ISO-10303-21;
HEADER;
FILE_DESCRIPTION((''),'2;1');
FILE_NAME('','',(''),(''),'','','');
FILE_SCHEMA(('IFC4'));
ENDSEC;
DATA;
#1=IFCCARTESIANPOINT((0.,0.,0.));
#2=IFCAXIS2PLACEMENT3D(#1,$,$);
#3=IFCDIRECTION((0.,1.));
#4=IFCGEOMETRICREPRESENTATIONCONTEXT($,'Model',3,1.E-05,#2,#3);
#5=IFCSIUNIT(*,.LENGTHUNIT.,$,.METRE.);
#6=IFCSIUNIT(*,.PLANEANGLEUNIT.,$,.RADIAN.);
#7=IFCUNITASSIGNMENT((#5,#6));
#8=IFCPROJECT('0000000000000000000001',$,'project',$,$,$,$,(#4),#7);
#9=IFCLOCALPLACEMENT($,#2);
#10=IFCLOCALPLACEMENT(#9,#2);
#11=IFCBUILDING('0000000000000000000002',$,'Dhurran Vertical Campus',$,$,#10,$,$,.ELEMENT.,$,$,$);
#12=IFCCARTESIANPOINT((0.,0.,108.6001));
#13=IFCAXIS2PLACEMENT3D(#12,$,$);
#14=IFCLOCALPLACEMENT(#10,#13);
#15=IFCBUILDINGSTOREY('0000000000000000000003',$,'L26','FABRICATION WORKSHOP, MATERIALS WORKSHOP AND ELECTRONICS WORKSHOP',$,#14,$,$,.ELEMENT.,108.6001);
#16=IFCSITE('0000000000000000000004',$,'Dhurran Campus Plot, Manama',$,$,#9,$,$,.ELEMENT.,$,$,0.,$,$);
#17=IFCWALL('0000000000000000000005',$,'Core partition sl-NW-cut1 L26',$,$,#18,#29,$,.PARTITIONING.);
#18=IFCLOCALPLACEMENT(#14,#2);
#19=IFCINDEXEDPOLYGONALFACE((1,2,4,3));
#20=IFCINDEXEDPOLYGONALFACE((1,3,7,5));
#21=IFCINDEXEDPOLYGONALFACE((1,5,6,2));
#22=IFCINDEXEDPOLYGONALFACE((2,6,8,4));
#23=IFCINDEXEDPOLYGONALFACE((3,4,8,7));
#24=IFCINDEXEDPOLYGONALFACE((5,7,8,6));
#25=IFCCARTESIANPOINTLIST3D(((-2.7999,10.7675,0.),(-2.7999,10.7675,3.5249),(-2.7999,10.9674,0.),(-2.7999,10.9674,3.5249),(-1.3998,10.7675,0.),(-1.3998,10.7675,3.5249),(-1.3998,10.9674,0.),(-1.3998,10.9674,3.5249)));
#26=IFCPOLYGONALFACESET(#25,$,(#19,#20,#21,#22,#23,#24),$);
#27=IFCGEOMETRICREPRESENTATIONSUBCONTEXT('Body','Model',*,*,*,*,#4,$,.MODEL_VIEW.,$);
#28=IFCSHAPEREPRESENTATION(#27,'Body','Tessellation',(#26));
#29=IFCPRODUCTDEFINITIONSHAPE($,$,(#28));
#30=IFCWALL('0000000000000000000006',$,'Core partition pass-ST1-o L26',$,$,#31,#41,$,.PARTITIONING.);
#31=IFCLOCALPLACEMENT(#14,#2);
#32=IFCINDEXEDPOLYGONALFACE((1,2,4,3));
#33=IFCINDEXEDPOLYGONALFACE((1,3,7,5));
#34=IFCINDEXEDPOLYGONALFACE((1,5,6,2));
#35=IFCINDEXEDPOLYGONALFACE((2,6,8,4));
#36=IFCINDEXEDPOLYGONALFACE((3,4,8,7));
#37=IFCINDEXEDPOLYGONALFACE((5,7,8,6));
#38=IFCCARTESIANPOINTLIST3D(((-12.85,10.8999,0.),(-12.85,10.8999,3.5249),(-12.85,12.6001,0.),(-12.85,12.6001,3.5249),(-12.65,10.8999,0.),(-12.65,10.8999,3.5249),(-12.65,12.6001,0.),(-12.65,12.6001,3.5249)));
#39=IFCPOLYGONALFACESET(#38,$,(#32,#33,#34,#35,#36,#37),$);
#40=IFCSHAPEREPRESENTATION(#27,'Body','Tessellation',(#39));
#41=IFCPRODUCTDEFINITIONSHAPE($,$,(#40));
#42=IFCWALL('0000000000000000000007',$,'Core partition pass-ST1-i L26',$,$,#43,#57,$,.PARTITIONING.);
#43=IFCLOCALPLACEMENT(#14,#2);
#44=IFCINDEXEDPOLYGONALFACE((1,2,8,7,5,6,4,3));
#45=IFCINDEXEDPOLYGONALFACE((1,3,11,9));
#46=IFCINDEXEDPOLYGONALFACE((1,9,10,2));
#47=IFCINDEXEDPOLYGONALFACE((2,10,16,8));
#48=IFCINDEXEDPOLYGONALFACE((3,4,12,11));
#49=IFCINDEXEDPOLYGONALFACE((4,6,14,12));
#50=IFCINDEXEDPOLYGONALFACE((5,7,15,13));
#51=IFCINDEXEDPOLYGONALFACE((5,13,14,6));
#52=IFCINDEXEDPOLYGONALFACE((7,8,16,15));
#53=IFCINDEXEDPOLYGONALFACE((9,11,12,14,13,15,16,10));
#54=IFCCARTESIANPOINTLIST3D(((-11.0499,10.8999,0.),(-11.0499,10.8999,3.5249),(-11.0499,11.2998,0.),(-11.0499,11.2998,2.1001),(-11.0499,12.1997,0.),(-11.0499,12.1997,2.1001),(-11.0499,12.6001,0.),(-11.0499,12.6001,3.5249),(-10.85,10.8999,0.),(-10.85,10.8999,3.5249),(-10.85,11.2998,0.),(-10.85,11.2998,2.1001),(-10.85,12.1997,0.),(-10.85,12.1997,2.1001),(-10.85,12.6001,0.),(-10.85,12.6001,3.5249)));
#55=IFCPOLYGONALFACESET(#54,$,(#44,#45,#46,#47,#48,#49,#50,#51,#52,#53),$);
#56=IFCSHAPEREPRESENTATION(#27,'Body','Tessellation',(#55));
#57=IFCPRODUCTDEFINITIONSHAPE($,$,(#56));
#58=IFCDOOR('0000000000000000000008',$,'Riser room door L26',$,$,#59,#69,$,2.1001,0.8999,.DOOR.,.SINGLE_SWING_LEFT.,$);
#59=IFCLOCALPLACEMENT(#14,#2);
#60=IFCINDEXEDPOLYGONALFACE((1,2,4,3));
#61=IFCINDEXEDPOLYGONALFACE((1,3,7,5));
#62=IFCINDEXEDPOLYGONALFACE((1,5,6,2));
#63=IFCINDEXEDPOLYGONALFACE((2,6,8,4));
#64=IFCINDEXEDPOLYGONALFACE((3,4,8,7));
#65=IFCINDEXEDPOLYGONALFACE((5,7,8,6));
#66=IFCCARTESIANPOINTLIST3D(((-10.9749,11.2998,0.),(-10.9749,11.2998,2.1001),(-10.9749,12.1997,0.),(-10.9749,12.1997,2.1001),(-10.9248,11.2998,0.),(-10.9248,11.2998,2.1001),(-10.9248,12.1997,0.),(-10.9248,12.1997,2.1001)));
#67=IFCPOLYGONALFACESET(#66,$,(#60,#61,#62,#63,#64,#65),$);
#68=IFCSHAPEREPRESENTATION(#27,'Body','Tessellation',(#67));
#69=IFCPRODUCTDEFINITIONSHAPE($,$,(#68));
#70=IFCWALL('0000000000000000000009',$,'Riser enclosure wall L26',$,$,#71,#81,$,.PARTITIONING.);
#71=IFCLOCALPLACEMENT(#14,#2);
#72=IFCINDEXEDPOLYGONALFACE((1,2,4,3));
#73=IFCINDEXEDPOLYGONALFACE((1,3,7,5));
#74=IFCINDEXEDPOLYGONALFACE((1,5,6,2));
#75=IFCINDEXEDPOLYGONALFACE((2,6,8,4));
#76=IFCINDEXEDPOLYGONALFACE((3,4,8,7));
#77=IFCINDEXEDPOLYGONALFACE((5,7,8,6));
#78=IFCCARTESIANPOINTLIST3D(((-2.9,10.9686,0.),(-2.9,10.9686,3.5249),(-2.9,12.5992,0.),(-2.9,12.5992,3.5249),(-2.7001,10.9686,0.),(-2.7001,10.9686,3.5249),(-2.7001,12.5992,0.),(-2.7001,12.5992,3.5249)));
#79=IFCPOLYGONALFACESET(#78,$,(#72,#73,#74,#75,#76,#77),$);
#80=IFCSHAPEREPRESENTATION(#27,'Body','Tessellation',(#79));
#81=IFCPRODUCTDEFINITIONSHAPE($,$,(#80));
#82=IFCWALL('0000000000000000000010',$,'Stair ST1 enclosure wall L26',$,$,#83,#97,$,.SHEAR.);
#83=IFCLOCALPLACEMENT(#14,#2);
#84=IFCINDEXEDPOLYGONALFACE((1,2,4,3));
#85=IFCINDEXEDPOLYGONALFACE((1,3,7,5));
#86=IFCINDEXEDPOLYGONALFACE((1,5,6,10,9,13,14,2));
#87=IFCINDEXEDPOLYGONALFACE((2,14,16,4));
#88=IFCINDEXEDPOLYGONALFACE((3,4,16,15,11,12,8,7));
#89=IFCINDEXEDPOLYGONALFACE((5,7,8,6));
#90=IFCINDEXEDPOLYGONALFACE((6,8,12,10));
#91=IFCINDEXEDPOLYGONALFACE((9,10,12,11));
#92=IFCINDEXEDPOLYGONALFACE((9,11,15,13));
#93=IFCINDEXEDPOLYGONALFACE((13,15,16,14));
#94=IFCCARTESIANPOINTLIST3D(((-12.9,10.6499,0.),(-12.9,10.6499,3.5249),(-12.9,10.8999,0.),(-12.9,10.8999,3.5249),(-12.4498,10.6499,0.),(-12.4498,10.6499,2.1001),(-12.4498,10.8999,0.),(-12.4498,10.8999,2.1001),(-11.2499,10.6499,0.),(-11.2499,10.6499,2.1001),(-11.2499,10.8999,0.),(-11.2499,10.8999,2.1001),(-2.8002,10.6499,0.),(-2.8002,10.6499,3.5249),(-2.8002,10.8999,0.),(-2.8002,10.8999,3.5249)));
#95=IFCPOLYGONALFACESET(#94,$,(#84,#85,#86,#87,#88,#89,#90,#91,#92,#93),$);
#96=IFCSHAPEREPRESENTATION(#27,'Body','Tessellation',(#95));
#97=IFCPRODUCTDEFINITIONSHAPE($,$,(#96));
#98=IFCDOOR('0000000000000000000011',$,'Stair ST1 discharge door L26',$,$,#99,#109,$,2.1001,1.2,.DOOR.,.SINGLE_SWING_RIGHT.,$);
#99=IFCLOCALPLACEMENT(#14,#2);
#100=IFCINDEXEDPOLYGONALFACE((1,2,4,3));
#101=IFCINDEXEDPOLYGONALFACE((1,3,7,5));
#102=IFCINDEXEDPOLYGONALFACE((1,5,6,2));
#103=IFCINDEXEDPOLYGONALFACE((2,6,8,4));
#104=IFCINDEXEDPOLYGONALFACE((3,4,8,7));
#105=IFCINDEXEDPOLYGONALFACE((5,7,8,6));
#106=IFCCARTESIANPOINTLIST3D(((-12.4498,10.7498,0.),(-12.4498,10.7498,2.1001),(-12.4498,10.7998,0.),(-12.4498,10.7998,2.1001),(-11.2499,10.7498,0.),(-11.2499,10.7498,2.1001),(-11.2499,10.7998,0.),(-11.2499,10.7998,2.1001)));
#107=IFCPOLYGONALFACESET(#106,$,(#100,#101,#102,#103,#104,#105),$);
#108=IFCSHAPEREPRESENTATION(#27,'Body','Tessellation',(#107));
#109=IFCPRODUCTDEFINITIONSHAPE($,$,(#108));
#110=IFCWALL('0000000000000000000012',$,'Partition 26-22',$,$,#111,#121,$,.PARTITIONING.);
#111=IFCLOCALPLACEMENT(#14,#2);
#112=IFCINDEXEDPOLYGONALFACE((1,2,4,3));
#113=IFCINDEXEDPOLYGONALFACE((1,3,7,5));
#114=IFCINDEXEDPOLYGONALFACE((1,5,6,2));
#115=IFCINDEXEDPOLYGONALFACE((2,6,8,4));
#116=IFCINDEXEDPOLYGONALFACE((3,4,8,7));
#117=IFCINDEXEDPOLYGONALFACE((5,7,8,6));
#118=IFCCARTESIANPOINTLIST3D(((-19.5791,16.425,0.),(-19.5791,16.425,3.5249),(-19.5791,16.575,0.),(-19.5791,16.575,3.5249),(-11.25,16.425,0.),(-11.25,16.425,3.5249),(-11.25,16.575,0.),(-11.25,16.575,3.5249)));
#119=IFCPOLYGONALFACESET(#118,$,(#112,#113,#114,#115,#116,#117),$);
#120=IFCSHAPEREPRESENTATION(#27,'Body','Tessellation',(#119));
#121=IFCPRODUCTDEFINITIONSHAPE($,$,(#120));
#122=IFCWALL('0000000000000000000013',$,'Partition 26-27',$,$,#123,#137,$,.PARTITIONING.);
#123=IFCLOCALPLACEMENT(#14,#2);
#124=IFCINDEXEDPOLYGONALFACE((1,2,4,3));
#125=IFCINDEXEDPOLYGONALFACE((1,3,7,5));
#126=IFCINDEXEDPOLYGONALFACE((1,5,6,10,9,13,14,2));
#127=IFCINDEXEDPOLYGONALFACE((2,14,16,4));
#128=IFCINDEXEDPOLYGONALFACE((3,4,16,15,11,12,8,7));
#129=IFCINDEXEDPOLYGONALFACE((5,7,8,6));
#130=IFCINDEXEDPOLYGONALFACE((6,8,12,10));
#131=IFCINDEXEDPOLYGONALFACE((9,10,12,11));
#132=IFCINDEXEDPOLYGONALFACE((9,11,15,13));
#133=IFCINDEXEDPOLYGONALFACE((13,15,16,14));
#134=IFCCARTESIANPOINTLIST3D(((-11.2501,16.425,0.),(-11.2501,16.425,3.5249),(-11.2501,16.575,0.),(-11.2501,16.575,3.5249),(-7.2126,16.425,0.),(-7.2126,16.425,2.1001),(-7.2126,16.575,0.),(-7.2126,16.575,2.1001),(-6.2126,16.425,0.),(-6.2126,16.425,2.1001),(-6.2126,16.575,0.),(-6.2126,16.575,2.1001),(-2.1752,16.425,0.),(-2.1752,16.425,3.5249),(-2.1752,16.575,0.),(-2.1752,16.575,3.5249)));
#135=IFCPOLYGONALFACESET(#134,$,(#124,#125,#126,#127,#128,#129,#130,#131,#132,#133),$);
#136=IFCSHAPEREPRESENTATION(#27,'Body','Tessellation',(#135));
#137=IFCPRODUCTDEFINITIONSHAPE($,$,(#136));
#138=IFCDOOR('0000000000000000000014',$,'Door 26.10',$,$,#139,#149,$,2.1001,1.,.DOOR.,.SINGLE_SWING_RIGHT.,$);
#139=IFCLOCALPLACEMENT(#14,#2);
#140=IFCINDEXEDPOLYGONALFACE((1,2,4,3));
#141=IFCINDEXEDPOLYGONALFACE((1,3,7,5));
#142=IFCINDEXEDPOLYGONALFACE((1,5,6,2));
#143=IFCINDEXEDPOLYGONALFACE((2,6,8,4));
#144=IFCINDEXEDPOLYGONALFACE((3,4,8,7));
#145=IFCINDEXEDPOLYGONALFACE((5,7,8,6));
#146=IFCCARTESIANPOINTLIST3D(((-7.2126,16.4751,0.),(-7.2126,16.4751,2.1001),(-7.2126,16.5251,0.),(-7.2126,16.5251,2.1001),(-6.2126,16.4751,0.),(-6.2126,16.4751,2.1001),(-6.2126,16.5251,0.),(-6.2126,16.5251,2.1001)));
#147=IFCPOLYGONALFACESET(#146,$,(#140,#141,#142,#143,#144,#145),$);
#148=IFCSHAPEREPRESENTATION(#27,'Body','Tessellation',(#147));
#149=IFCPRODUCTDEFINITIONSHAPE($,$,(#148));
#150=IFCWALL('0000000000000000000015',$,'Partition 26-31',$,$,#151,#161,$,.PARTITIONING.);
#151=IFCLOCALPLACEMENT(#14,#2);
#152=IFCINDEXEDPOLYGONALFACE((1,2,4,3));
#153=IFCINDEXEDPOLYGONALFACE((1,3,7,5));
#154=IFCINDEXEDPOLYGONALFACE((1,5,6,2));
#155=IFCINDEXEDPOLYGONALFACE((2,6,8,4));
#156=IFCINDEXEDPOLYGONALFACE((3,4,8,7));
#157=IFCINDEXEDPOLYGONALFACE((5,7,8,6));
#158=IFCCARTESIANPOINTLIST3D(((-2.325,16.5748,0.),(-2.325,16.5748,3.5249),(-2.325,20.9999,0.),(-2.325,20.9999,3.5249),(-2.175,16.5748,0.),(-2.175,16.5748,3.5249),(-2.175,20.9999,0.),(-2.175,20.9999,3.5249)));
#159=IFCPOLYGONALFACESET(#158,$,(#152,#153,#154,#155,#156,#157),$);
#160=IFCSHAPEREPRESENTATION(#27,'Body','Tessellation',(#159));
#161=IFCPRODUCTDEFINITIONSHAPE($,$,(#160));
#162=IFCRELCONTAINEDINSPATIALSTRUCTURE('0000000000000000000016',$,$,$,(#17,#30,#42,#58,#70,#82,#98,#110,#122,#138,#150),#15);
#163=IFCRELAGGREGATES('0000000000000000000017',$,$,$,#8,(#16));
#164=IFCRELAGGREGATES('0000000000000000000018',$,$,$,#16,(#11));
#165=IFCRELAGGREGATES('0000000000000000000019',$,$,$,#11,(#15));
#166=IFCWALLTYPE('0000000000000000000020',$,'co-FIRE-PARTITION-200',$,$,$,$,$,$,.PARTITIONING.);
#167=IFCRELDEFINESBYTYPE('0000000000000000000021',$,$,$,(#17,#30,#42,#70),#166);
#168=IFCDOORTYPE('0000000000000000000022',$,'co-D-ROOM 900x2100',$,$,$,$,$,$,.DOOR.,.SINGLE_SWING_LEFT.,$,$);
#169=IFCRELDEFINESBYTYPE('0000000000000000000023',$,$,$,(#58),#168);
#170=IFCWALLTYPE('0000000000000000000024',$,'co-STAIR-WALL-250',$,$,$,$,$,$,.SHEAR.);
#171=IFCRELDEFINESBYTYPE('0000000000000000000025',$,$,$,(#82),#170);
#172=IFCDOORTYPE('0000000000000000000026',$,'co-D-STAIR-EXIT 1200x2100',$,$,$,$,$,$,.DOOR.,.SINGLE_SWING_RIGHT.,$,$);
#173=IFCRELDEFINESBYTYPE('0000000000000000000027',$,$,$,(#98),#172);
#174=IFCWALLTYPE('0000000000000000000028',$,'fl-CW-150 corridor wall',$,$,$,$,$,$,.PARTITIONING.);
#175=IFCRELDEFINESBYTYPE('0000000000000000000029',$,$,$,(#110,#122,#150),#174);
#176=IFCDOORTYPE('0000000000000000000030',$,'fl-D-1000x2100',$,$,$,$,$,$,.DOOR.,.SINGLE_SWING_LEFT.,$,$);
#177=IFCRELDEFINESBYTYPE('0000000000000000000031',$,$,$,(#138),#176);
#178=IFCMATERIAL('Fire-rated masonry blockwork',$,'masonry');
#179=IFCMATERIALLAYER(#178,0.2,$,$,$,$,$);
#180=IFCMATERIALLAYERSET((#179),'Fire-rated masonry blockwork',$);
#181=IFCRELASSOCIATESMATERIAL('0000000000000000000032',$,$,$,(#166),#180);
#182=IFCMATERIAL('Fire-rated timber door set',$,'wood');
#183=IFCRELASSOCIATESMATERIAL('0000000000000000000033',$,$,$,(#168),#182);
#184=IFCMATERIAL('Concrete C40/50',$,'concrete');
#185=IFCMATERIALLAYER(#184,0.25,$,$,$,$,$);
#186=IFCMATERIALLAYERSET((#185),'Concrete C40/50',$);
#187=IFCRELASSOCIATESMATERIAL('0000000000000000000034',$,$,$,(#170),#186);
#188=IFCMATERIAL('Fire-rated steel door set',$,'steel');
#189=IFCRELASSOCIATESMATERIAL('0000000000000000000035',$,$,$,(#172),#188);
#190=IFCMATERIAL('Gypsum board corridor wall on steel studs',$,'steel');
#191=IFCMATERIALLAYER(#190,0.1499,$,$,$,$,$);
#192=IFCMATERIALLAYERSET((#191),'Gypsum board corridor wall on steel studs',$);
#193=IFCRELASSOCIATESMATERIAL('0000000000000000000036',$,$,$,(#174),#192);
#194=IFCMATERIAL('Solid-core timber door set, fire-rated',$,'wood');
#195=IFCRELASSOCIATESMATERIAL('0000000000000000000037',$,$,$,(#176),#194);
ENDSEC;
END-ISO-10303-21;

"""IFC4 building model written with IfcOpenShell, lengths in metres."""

from ifc_helpers import new_model, si_unit, direction, frame, frame_2d, origin, place, context, subcontext, project, spatial, rectangle, extrude, material, layer, layer_set, type_object, element, fill, save


model = new_model("IFC4")

# Units and contexts
model_context = context("Model", 3, precision=1e-05, world=origin(), true_north=direction((0.0, 1.0)))
body_context = subcontext(model_context, "Body", "Model", "MODEL_VIEW")
ifc_project = project(units=[si_unit("LENGTHUNIT", "METRE"), si_unit("PLANEANGLEUNIT", "RADIAN")], contexts=[model_context])

# Site, building, storey
site_placement = place(None, origin())
site = spatial("IfcSite", under=ifc_project, at=site_placement, Name="Dhurran Campus Plot, Manama", CompositionType="ELEMENT", RefElevation=0.0)
building_placement = place(site_placement, origin())
building = spatial("IfcBuilding", under=site, at=building_placement, Name="Dhurran Vertical Campus", CompositionType="ELEMENT")
storey_placement = place(building_placement, frame((0.0, 0.0, 108.6001)))
storey = spatial("IfcBuildingStorey", under=building, at=storey_placement, Name="L26", Description="FABRICATION WORKSHOP, MATERIALS WORKSHOP AND ELECTRONICS WORKSHOP", CompositionType="ELEMENT", Elevation=108.6001)

# Walls
ifc_material_1 = material(Name="Fire-rated masonry blockwork", Category="masonry")
ifc_layer_1 = layer(ifc_material_1, 0.2)
ifc_layer_set_1 = layer_set([ifc_layer_1], Name="Fire-rated masonry blockwork")
wall_type_1 = type_object("IfcWallType", Name="co-FIRE-PARTITION-200", PredefinedType="PARTITIONING", material=ifc_layer_set_1)
wall_1_placement = place(storey_placement, frame((-2.8, 10.8674, 0.0), z_axis=(0.0, 0.0, 1.0), x_axis=(1.0, 0.0, 0.0)))
element("IfcWall", 1, at=wall_1_placement, inside=storey, type_object=wall_type_1, Name="Core partition sl-NW-cut1 L26", PredefinedType="PARTITIONING", context=body_context, shape_type="SweptSolid", body=[
    extrude(rectangle(XDim=1.4001, YDim=0.2, at=frame_2d((0.7002, 0.0))), origin(), (0.0, 0.0, 1.0), 3.5249),
])
wall_2_placement = place(storey_placement, frame((-12.75, 10.8999, 0.0), z_axis=(0.0, 0.0, 1.0), x_axis=(0.0, 1.0, 0.0)))
element("IfcWall", 2, at=wall_2_placement, inside=storey, type_object=wall_type_1, Name="Core partition pass-ST1-o L26", PredefinedType="PARTITIONING", context=body_context, shape_type="SweptSolid", body=[
    extrude(rectangle(XDim=1.7002, YDim=0.2, at=frame_2d((0.8501, 0.0))), origin(), (0.0, 0.0, 1.0), 3.5249),
])

# Wall, opening, door
wall_3_placement = place(storey_placement, frame((-10.95, 10.8999, 0.0), z_axis=(0.0, 0.0, 1.0), x_axis=(0.0, 1.0, 0.0)))
wall_3 = element("IfcWall", 3, at=wall_3_placement, inside=storey, type_object=wall_type_1, Name="Core partition pass-ST1-i L26", PredefinedType="PARTITIONING", context=body_context, shape_type="SweptSolid", body=[
    extrude(rectangle(XDim=1.7002, YDim=0.2, at=frame_2d((0.8501, 0.0))), origin(), (0.0, 0.0, 1.0), 3.5249),
])
opening_1_placement = place(wall_3_placement, frame((0.3999, 0.0, 0.0)))
opening_1 = element("IfcOpeningElement", 4, at=opening_1_placement, cuts=wall_3, PredefinedType="OPENING", context=body_context, shape_type="SweptSolid", body=[
    extrude(rectangle(XDim=0.8999, YDim=2.1001, at=frame_2d((0.45, 1.05))), frame((0.0, 0.1099, 0.0), z_axis=(0.0, -1.0, 0.0), x_axis=(1.0, 0.0, 0.0)), (0.0, 0.0, 1.0), 0.22),
])
ifc_material_2 = material(Name="Fire-rated timber door set", Category="wood")
door_type_1 = type_object("IfcDoorType", Name="co-D-ROOM 900x2100", OperationType="SINGLE_SWING_LEFT", PredefinedType="DOOR", material=ifc_material_2)
door_1_placement = place(opening_1_placement, origin())
door_1 = element("IfcDoor", 5, at=door_1_placement, inside=storey, type_object=door_type_1, Name="Riser room door L26", OperationType="SINGLE_SWING_LEFT", OverallHeight=2.1001, OverallWidth=0.8999, PredefinedType="DOOR", context=body_context, shape_type="SweptSolid", body=[
    extrude(rectangle(XDim=0.8999, YDim=2.1001, at=frame_2d((0.45, 1.05))), frame((0.0, 0.0249, 0.0), z_axis=(0.0, -1.0, 0.0), x_axis=(1.0, 0.0, 0.0)), (0.0, 0.0, 1.0), 0.05),
])
fill(opening_1, door_1)

# Wall
wall_4_placement = place(storey_placement, frame((-2.8, 10.9685, 0.0), z_axis=(0.0, 0.0, 1.0), x_axis=(0.0, 1.0, 0.0)))
element("IfcWall", 6, at=wall_4_placement, inside=storey, type_object=wall_type_1, Name="Riser enclosure wall L26", PredefinedType="PARTITIONING", context=body_context, shape_type="SweptSolid", body=[
    extrude(rectangle(XDim=1.6306, YDim=0.2, at=frame_2d((0.8154, 0.0))), origin(), (0.0, 0.0, 1.0), 3.5249),
])

# Wall, opening, door
ifc_material_3 = material(Name="Concrete C40/50", Category="concrete")
ifc_layer_2 = layer(ifc_material_3, 0.25)
ifc_layer_set_2 = layer_set([ifc_layer_2], Name="Concrete C40/50")
wall_type_2 = type_object("IfcWallType", Name="co-STAIR-WALL-250", PredefinedType="SHEAR", material=ifc_layer_set_2)
wall_5_placement = place(storey_placement, frame((-12.8999, 10.7749, 0.0), z_axis=(0.0, 0.0, 1.0), x_axis=(1.0, 0.0, 0.0)))
wall_5 = element("IfcWall", 7, at=wall_5_placement, inside=storey, type_object=wall_type_2, Name="Stair ST1 enclosure wall L26", PredefinedType="SHEAR", context=body_context, shape_type="SweptSolid", body=[
    extrude(rectangle(XDim=10.0999, YDim=0.25, at=frame_2d((5.0498, 0.0))), origin(), (0.0, 0.0, 1.0), 3.5249),
])
opening_2_placement = place(wall_5_placement, frame((0.45, 0.0, 0.0)))
opening_2 = element("IfcOpeningElement", 8, at=opening_2_placement, cuts=wall_5, PredefinedType="OPENING", context=body_context, shape_type="SweptSolid", body=[
    extrude(rectangle(XDim=1.2, YDim=2.1001, at=frame_2d((0.6001, 1.05))), frame((0.0, 0.135, 0.0), z_axis=(0.0, -1.0, 0.0), x_axis=(1.0, 0.0, 0.0)), (0.0, 0.0, 1.0), 0.27),
])
ifc_material_4 = material(Name="Fire-rated steel door set", Category="steel")
door_type_2 = type_object("IfcDoorType", Name="co-D-STAIR-EXIT 1200x2100", OperationType="SINGLE_SWING_RIGHT", PredefinedType="DOOR", material=ifc_material_4)
door_2_placement = place(opening_2_placement, origin())
door_2 = element("IfcDoor", 9, at=door_2_placement, inside=storey, type_object=door_type_2, Name="Stair ST1 discharge door L26", OperationType="SINGLE_SWING_RIGHT", OverallHeight=2.1001, OverallWidth=1.2, PredefinedType="DOOR", context=body_context, shape_type="SweptSolid", body=[
    extrude(rectangle(XDim=1.2, YDim=2.1001, at=frame_2d((0.6001, 1.05))), frame((0.0, 0.0249, 0.0), z_axis=(0.0, -1.0, 0.0), x_axis=(1.0, 0.0, 0.0)), (0.0, 0.0, 1.0), 0.05),
])
fill(opening_2, door_2)

# Wall
ifc_material_5 = material(Name="Gypsum board corridor wall on steel studs", Category="steel")
ifc_layer_3 = layer(ifc_material_5, 0.1499)
ifc_layer_set_3 = layer_set([ifc_layer_3], Name="Gypsum board corridor wall on steel studs")
wall_type_3 = type_object("IfcWallType", Name="fl-CW-150 corridor wall", PredefinedType="PARTITIONING", material=ifc_layer_set_3)
wall_6_placement = place(storey_placement, frame((-11.25, 16.5, 0.0), z_axis=(0.0, 0.0, 1.0), x_axis=(-1.0, 0.0, 0.0)))
element("IfcWall", 10, at=wall_6_placement, inside=storey, type_object=wall_type_3, Name="Partition 26-22", PredefinedType="PARTITIONING", context=body_context, shape_type="SweptSolid", body=[
    extrude(rectangle(XDim=8.3291, YDim=0.1499, at=frame_2d((4.1646, 0.0))), origin(), (0.0, 0.0, 1.0), 3.5249),
])

# Wall, opening, door
wall_7_placement = place(storey_placement, frame((-2.175, 16.5, 0.0), z_axis=(0.0, 0.0, 1.0), x_axis=(-1.0, 0.0, 0.0)))
wall_7 = element("IfcWall", 11, at=wall_7_placement, inside=storey, type_object=wall_type_3, Name="Partition 26-27", PredefinedType="PARTITIONING", context=body_context, shape_type="SweptSolid", body=[
    extrude(rectangle(XDim=9.075, YDim=0.1499, at=frame_2d((4.5376, 0.0))), origin(), (0.0, 0.0, 1.0), 3.5249),
])
opening_3_placement = place(wall_7_placement, frame((4.0376, 0.0, 0.0)))
opening_3 = element("IfcOpeningElement", 12, at=opening_3_placement, cuts=wall_7, PredefinedType="OPENING", context=body_context, shape_type="SweptSolid", body=[
    extrude(rectangle(XDim=1.0, YDim=2.1001, at=frame_2d((0.5, 1.05))), frame((0.0, 0.085, 0.0), z_axis=(0.0, -1.0, 0.0), x_axis=(1.0, 0.0, 0.0)), (0.0, 0.0, 1.0), 0.1699),
])
ifc_material_6 = material(Name="Solid-core timber door set, fire-rated", Category="wood")
door_type_3 = type_object("IfcDoorType", Name="fl-D-1000x2100", OperationType="SINGLE_SWING_LEFT", PredefinedType="DOOR", material=ifc_material_6)
door_3_placement = place(opening_3_placement, origin())
door_3 = element("IfcDoor", 13, at=door_3_placement, inside=storey, type_object=door_type_3, Name="Door 26.10", OperationType="SINGLE_SWING_RIGHT", OverallHeight=2.1001, OverallWidth=1.0, PredefinedType="DOOR", context=body_context, shape_type="SweptSolid", body=[
    extrude(rectangle(XDim=1.0, YDim=2.1001, at=frame_2d((0.5, 1.05))), frame((0.0, 0.0249, 0.0), z_axis=(0.0, -1.0, 0.0), x_axis=(1.0, 0.0, 0.0)), (0.0, 0.0, 1.0), 0.05),
])
fill(opening_3, door_3)

# Wall
wall_8_placement = place(storey_placement, frame((-2.25, 16.575, 0.0), z_axis=(0.0, 0.0, 1.0), x_axis=(0.0, 1.0, 0.0)))
element("IfcWall", 14, at=wall_8_placement, inside=storey, type_object=wall_type_3, Name="Partition 26-31", PredefinedType="PARTITIONING", context=body_context, shape_type="SweptSolid", body=[
    extrude(rectangle(XDim=4.425, YDim=0.1499, at=frame_2d((2.2124, 0.0))), origin(), (0.0, 0.0, 1.0), 3.5249),
])

save(model, "model.ifc")
